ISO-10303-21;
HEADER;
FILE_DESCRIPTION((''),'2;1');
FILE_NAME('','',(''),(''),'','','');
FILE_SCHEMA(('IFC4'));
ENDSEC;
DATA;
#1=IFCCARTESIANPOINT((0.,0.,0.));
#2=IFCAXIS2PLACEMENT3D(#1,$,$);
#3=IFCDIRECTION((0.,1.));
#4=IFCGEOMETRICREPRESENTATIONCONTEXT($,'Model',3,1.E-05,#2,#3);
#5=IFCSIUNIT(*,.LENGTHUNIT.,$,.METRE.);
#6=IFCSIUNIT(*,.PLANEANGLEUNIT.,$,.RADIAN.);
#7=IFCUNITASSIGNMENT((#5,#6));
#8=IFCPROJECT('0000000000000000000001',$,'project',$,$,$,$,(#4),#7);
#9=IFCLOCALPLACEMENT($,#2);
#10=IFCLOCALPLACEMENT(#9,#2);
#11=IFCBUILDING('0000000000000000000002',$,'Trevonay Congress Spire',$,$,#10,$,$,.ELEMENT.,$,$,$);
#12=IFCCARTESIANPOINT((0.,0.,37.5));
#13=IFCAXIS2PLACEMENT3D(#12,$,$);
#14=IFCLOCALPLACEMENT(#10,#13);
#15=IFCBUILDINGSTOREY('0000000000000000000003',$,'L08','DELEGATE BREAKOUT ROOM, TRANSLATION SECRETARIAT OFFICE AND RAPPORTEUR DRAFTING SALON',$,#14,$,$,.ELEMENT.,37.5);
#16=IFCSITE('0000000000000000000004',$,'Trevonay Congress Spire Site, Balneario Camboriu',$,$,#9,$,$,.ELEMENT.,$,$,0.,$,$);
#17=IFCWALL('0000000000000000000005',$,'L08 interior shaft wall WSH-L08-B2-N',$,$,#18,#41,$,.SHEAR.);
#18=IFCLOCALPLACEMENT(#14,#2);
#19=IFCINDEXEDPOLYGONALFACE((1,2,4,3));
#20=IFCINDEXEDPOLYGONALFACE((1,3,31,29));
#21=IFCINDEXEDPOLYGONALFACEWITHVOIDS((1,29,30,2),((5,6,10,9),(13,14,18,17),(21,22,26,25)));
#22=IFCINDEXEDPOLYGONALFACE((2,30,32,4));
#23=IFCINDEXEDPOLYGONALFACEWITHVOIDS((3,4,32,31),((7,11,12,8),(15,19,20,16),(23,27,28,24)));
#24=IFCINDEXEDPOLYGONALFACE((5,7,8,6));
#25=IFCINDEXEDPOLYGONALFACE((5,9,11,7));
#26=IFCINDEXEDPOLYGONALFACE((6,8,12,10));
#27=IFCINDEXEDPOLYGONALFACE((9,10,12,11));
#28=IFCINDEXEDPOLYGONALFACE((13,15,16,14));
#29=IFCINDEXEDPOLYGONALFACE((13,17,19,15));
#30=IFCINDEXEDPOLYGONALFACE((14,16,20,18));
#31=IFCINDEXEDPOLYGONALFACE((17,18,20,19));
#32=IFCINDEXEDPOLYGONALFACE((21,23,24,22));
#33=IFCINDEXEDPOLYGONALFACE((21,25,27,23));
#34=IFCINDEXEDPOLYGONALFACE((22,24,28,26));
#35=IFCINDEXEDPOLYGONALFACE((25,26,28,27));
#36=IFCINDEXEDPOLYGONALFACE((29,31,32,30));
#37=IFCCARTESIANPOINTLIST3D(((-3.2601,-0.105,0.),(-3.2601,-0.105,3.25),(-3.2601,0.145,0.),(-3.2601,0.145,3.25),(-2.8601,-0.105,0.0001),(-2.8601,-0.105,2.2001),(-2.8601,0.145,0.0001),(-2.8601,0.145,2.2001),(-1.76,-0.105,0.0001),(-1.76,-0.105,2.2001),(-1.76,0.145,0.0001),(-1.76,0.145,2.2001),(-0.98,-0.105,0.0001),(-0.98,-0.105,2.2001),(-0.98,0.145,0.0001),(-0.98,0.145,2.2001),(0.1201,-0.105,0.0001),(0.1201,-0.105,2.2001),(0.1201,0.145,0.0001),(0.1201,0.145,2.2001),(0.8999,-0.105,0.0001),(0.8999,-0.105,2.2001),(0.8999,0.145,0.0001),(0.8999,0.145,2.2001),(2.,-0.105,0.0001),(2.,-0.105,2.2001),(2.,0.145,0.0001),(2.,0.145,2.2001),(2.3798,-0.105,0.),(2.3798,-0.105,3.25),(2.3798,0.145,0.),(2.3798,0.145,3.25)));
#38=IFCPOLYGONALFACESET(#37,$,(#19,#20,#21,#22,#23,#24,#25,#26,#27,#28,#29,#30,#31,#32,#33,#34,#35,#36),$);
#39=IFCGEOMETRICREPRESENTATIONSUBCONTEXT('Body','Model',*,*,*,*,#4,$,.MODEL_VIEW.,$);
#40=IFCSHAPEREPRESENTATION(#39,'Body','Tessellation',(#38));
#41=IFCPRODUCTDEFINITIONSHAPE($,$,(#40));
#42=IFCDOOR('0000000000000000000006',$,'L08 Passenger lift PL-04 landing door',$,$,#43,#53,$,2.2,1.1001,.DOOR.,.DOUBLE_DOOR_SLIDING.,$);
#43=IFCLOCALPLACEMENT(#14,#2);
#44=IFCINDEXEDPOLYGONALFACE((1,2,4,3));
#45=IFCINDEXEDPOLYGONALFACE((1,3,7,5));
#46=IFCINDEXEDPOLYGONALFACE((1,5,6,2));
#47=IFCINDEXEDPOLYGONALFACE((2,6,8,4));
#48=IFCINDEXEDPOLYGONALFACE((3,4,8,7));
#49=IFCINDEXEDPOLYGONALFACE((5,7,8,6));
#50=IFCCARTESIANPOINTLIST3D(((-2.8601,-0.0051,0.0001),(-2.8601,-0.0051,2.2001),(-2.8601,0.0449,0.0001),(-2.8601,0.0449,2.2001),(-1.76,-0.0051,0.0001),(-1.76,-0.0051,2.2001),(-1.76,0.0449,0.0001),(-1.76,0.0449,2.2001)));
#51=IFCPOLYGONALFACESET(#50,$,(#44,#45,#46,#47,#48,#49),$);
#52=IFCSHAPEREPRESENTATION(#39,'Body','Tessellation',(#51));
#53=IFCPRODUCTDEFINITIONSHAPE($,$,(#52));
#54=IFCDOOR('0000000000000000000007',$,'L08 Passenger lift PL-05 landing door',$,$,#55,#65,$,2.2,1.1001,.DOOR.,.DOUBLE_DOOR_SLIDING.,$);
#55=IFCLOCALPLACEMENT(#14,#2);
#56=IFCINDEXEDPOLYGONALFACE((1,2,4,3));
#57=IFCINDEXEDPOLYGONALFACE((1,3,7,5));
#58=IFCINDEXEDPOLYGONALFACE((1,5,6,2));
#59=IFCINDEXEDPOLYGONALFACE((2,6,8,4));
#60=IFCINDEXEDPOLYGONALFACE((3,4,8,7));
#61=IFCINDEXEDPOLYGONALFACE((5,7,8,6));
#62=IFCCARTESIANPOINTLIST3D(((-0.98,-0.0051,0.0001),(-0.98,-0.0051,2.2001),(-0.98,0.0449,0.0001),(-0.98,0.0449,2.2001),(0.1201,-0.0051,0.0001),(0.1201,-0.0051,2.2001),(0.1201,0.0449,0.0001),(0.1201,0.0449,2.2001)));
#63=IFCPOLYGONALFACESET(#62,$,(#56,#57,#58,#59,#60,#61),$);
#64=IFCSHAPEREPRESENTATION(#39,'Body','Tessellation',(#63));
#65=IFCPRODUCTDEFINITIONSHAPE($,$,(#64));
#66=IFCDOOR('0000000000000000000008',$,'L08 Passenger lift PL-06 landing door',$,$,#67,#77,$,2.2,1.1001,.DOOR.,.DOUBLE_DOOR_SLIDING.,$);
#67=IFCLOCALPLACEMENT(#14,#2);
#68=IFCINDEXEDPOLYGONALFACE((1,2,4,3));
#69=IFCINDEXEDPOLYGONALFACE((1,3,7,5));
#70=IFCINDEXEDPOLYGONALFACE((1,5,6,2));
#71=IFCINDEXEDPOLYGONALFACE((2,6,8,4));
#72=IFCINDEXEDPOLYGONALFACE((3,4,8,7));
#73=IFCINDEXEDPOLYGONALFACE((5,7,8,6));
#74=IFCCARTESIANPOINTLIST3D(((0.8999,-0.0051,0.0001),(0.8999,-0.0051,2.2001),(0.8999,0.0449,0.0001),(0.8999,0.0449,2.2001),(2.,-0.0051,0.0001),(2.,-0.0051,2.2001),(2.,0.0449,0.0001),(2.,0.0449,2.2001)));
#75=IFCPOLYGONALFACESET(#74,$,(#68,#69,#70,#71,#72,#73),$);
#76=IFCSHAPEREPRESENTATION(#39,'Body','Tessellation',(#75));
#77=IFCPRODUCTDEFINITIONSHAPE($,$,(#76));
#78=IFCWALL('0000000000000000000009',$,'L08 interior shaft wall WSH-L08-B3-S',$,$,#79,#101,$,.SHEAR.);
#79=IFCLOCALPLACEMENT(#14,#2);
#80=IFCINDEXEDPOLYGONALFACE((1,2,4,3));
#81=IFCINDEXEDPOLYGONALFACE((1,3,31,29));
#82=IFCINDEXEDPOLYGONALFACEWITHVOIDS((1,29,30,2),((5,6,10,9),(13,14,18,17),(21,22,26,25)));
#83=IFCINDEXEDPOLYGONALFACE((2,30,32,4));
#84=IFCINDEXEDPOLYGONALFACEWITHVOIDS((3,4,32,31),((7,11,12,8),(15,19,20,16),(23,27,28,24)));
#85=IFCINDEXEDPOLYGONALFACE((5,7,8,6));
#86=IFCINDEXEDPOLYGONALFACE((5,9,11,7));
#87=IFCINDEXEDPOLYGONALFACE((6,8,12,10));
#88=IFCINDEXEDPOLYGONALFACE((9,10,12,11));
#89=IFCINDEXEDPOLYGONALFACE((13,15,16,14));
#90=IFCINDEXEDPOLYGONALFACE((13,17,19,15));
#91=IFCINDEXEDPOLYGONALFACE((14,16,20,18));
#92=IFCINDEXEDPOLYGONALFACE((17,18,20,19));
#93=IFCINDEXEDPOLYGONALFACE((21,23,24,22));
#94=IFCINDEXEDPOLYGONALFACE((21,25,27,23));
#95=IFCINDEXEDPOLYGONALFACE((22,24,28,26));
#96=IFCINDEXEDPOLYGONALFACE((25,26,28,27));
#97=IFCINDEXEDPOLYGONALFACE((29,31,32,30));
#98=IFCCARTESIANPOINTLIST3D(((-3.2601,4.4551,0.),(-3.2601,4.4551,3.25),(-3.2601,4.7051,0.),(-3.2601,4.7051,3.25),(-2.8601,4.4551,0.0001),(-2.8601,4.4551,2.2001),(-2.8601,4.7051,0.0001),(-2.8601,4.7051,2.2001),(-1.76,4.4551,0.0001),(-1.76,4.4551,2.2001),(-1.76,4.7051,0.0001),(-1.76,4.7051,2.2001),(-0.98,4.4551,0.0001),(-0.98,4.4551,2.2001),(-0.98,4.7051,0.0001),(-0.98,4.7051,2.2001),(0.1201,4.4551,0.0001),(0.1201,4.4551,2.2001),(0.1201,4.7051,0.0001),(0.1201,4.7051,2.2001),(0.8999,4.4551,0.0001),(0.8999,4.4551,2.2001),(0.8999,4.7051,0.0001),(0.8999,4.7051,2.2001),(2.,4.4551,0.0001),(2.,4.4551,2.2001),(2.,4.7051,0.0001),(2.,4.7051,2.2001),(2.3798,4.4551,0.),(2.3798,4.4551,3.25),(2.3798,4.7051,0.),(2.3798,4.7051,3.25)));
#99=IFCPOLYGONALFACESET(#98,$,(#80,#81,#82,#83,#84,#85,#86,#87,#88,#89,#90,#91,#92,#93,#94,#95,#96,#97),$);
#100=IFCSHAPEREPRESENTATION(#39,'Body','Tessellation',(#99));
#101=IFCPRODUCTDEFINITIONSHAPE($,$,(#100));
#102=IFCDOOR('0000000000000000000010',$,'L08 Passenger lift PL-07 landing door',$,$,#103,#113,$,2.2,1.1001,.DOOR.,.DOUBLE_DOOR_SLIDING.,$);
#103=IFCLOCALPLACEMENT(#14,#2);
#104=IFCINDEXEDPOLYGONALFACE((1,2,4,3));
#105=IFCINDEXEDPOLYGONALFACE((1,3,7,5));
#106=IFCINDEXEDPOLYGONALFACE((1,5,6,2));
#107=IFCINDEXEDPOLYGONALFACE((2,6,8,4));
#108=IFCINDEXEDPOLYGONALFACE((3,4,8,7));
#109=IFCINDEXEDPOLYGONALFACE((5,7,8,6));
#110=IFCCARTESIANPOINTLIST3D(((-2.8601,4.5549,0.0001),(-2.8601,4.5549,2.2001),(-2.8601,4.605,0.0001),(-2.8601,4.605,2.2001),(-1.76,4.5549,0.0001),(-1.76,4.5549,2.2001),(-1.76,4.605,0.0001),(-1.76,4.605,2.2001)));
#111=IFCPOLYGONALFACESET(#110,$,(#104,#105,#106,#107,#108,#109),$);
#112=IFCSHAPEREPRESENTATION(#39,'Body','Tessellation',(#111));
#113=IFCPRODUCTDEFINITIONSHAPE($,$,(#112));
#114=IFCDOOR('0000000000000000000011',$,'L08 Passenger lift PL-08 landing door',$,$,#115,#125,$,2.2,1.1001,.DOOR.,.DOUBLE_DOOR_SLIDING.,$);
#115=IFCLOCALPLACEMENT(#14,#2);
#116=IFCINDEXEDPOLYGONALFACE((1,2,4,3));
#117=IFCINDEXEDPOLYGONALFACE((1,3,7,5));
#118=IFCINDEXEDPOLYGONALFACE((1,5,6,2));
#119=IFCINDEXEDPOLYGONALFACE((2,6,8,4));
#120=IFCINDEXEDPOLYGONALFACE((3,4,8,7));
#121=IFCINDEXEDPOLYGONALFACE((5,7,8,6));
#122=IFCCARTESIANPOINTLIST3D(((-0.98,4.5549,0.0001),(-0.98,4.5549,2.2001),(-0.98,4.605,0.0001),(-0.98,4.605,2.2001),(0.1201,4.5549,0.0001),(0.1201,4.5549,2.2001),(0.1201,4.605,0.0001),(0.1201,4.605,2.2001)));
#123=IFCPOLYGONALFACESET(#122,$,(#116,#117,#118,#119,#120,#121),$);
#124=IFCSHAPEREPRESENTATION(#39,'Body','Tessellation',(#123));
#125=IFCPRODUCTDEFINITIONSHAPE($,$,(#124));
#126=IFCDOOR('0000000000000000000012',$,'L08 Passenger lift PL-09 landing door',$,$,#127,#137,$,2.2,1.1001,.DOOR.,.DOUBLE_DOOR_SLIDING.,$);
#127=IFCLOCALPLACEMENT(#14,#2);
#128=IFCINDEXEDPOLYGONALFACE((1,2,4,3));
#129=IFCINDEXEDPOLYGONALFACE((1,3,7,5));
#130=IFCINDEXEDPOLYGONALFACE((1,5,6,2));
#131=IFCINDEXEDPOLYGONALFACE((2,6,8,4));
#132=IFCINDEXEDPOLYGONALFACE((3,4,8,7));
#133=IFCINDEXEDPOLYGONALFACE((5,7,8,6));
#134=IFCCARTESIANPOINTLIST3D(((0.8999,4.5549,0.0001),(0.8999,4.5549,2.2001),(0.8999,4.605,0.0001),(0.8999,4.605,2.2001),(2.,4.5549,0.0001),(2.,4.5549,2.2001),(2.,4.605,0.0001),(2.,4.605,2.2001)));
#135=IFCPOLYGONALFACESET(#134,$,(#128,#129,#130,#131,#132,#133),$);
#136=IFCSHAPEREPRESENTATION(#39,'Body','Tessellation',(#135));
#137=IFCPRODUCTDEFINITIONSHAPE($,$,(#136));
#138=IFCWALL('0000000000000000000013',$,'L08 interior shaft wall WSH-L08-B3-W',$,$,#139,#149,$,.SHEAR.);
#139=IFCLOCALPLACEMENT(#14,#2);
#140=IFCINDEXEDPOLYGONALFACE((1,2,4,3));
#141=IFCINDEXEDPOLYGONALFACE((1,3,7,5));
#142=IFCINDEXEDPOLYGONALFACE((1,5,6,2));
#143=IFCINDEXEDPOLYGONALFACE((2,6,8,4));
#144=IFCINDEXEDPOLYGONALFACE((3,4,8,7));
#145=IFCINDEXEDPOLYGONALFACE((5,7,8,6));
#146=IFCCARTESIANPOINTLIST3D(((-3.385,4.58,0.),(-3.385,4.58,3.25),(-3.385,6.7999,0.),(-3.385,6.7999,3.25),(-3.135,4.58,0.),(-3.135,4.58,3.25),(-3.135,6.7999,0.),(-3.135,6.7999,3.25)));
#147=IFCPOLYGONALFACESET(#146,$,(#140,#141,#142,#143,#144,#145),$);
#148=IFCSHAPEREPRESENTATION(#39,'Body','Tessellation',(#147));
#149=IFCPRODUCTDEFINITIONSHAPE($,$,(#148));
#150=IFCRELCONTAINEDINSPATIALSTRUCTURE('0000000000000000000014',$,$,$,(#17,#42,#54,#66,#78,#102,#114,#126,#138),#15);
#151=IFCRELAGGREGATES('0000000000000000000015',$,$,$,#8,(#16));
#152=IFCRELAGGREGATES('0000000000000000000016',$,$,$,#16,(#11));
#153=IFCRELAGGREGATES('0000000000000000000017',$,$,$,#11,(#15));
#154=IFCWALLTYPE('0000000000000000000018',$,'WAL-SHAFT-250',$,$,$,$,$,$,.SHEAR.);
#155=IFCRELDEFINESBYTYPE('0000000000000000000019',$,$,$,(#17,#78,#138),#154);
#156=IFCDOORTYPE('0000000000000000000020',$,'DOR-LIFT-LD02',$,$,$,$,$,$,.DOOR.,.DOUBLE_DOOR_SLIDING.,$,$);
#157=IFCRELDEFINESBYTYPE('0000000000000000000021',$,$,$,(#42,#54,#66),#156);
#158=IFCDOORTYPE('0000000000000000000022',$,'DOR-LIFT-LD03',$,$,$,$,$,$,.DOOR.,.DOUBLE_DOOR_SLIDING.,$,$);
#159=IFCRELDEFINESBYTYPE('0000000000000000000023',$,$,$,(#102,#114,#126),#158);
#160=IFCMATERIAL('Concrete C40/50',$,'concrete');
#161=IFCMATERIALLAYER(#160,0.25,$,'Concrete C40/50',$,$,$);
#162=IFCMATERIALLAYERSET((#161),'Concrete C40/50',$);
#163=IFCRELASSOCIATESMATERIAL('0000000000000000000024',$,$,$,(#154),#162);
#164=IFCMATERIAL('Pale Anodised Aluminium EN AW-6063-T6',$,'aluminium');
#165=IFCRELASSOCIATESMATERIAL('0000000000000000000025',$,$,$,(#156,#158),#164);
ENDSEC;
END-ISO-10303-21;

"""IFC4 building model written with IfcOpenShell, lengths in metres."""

from ifc_helpers import new_model, si_unit, direction, frame, frame_2d, origin, place, context, subcontext, project, spatial, rectangle, extrude, material, layer, layer_set, type_object, element, fill, save


model = new_model("IFC4")

# Units and contexts
model_context = context("Model", 3, precision=1e-05, world=origin(), true_north=direction((0.0, 1.0)))
body_context = subcontext(model_context, "Body", "Model", "MODEL_VIEW")
ifc_project = project(units=[si_unit("LENGTHUNIT", "METRE"), si_unit("PLANEANGLEUNIT", "RADIAN")], contexts=[model_context])

# Site, building, storey
site_placement = place(None, origin())
site = spatial("IfcSite", under=ifc_project, at=site_placement, Name="Trevonay Congress Spire Site, Balneario Camboriu", CompositionType="ELEMENT", RefElevation=0.0)
building_placement = place(site_placement, origin())
building = spatial("IfcBuilding", under=site, at=building_placement, Name="Trevonay Congress Spire", CompositionType="ELEMENT")
storey_placement = place(building_placement, frame((0.0, 0.0, 37.5)))
storey = spatial("IfcBuildingStorey", under=building, at=storey_placement, Name="L08", Description="DELEGATE BREAKOUT ROOM, TRANSLATION SECRETARIAT OFFICE AND RAPPORTEUR DRAFTING SALON", CompositionType="ELEMENT", Elevation=37.5)

# Shared definitions
ifc_material_1 = material(Name="Concrete C40/50", Category="concrete")

# Walls, openings, doors
ifc_layer_1 = layer(ifc_material_1, 0.25, Name="Concrete C40/50")
ifc_layer_set_1 = layer_set([ifc_layer_1], Name="Concrete C40/50")
wall_type_1 = type_object("IfcWallType", Name="WAL-SHAFT-250", PredefinedType="SHEAR", material=ifc_layer_set_1)
wall_1_placement = place(storey_placement, frame((-3.26, 0.02, 0.0), z_axis=(0.0, 0.0, 1.0), x_axis=(1.0, 0.0, 0.0)))
wall_1 = element("IfcWall", 1, at=wall_1_placement, inside=storey, type_object=wall_type_1, Name="L08 interior shaft wall WSH-L08-B2-N", PredefinedType="SHEAR", context=body_context, shape_type="SweptSolid", body=[
    extrude(rectangle(XDim=5.6399, YDim=0.25, at=frame_2d((2.8198, 0.0))), origin(), (0.0, 0.0, 1.0), 3.25),
])
opening_1_placement = place(wall_1_placement, frame((0.3999, 0.0, 0.0)))
opening_1 = element("IfcOpeningElement", 2, at=opening_1_placement, cuts=wall_1, PredefinedType="OPENING", context=body_context, shape_type="SweptSolid", body=[
    extrude(rectangle(XDim=1.1001, YDim=2.2, at=frame_2d((0.55, 1.1001))), frame((0.0, 0.135, 0.0), z_axis=(0.0, -1.0, 0.0), x_axis=(1.0, 0.0, 0.0)), (0.0, 0.0, 1.0), 0.27),
])
opening_2_placement = place(wall_1_placement, frame((2.28, 0.0, 0.0)))
opening_2 = element("IfcOpeningElement", 3, at=opening_2_placement, cuts=wall_1, PredefinedType="OPENING", context=body_context, shape_type="SweptSolid", body=[
    extrude(rectangle(XDim=1.1001, YDim=2.2, at=frame_2d((0.55, 1.1001))), frame((0.0, 0.135, 0.0), z_axis=(0.0, -1.0, 0.0), x_axis=(1.0, 0.0, 0.0)), (0.0, 0.0, 1.0), 0.27),
])
opening_3_placement = place(wall_1_placement, frame((4.1599, 0.0, 0.0)))
opening_3 = element("IfcOpeningElement", 4, at=opening_3_placement, cuts=wall_1, PredefinedType="OPENING", context=body_context, shape_type="SweptSolid", body=[
    extrude(rectangle(XDim=1.1001, YDim=2.2, at=frame_2d((0.55, 1.1001))), frame((0.0, 0.135, 0.0), z_axis=(0.0, -1.0, 0.0), x_axis=(1.0, 0.0, 0.0)), (0.0, 0.0, 1.0), 0.27),
])
ifc_material_2 = material(Name="Pale Anodised Aluminium EN AW-6063-T6", Category="aluminium")
door_type_1 = type_object("IfcDoorType", Name="DOR-LIFT-LD02", OperationType="DOUBLE_DOOR_SLIDING", PredefinedType="DOOR", material=ifc_material_2)
door_1_placement = place(opening_1_placement, origin())
door_1 = element("IfcDoor", 5, at=door_1_placement, inside=storey, type_object=door_type_1, Name="L08 Passenger lift PL-04 landing door", OperationType="DOUBLE_DOOR_SLIDING", OverallHeight=2.2, OverallWidth=1.1001, PredefinedType="DOOR", context=body_context, shape_type="SweptSolid", body=[
    extrude(rectangle(XDim=1.1001, YDim=2.2, at=frame_2d((0.55, 1.1001))), frame((0.0, 0.0249, 0.0), z_axis=(0.0, -1.0, 0.0), x_axis=(1.0, 0.0, 0.0)), (0.0, 0.0, 1.0), 0.05),
])
fill(opening_1, door_1)
door_2_placement = place(opening_2_placement, origin())
door_2 = element("IfcDoor", 6, at=door_2_placement, inside=storey, type_object=door_type_1, Name="L08 Passenger lift PL-05 landing door", OperationType="DOUBLE_DOOR_SLIDING", OverallHeight=2.2, OverallWidth=1.1001, PredefinedType="DOOR", context=body_context, shape_type="SweptSolid", body=[
    extrude(rectangle(XDim=1.1001, YDim=2.2, at=frame_2d((0.55, 1.1001))), frame((0.0, 0.0249, 0.0), z_axis=(0.0, -1.0, 0.0), x_axis=(1.0, 0.0, 0.0)), (0.0, 0.0, 1.0), 0.05),
])
fill(opening_2, door_2)
door_3_placement = place(opening_3_placement, origin())
door_3 = element("IfcDoor", 7, at=door_3_placement, inside=storey, type_object=door_type_1, Name="L08 Passenger lift PL-06 landing door", OperationType="DOUBLE_DOOR_SLIDING", OverallHeight=2.2, OverallWidth=1.1001, PredefinedType="DOOR", context=body_context, shape_type="SweptSolid", body=[
    extrude(rectangle(XDim=1.1001, YDim=2.2, at=frame_2d((0.55, 1.1001))), frame((0.0, 0.0249, 0.0), z_axis=(0.0, -1.0, 0.0), x_axis=(1.0, 0.0, 0.0)), (0.0, 0.0, 1.0), 0.05),
])
fill(opening_3, door_3)
wall_2_placement = place(storey_placement, frame((-3.26, 4.5801, 0.0), z_axis=(0.0, 0.0, 1.0), x_axis=(1.0, 0.0, 0.0)))
wall_2 = element("IfcWall", 8, at=wall_2_placement, inside=storey, type_object=wall_type_1, Name="L08 interior shaft wall WSH-L08-B3-S", PredefinedType="SHEAR", context=body_context, shape_type="SweptSolid", body=[
    extrude(rectangle(XDim=5.6399, YDim=0.25, at=frame_2d((2.8198, 0.0))), origin(), (0.0, 0.0, 1.0), 3.25),
])
opening_4_placement = place(wall_2_placement, frame((0.3999, 0.0, 0.0)))
opening_4 = element("IfcOpeningElement", 9, at=opening_4_placement, cuts=wall_2, PredefinedType="OPENING", context=body_context, shape_type="SweptSolid", body=[
    extrude(rectangle(XDim=1.1001, YDim=2.2, at=frame_2d((0.55, 1.1001))), frame((0.0, 0.135, 0.0), z_axis=(0.0, -1.0, 0.0), x_axis=(1.0, 0.0, 0.0)), (0.0, 0.0, 1.0), 0.27),
])
opening_5_placement = place(wall_2_placement, frame((2.28, 0.0, 0.0)))
opening_5 = element("IfcOpeningElement", 10, at=opening_5_placement, cuts=wall_2, PredefinedType="OPENING", context=body_context, shape_type="SweptSolid", body=[
    extrude(rectangle(XDim=1.1001, YDim=2.2, at=frame_2d((0.55, 1.1001))), frame((0.0, 0.135, 0.0), z_axis=(0.0, -1.0, 0.0), x_axis=(1.0, 0.0, 0.0)), (0.0, 0.0, 1.0), 0.27),
])
opening_6_placement = place(wall_2_placement, frame((4.1599, 0.0, 0.0)))
opening_6 = element("IfcOpeningElement", 11, at=opening_6_placement, cuts=wall_2, PredefinedType="OPENING", context=body_context, shape_type="SweptSolid", body=[
    extrude(rectangle(XDim=1.1001, YDim=2.2, at=frame_2d((0.55, 1.1001))), frame((0.0, 0.135, 0.0), z_axis=(0.0, -1.0, 0.0), x_axis=(1.0, 0.0, 0.0)), (0.0, 0.0, 1.0), 0.27),
])
door_type_2 = type_object("IfcDoorType", Name="DOR-LIFT-LD03", OperationType="DOUBLE_DOOR_SLIDING", PredefinedType="DOOR", material=ifc_material_2)
door_4_placement = place(opening_4_placement, origin())
door_4 = element("IfcDoor", 12, at=door_4_placement, inside=storey, type_object=door_type_2, Name="L08 Passenger lift PL-07 landing door", OperationType="DOUBLE_DOOR_SLIDING", OverallHeight=2.2, OverallWidth=1.1001, PredefinedType="DOOR", context=body_context, shape_type="SweptSolid", body=[
    extrude(rectangle(XDim=1.1001, YDim=2.2, at=frame_2d((0.55, 1.1001))), frame((0.0, 0.0249, 0.0), z_axis=(0.0, -1.0, 0.0), x_axis=(1.0, 0.0, 0.0)), (0.0, 0.0, 1.0), 0.05),
])
fill(opening_4, door_4)
door_5_placement = place(opening_5_placement, origin())
door_5 = element("IfcDoor", 13, at=door_5_placement, inside=storey, type_object=door_type_2, Name="L08 Passenger lift PL-08 landing door", OperationType="DOUBLE_DOOR_SLIDING", OverallHeight=2.2, OverallWidth=1.1001, PredefinedType="DOOR", context=body_context, shape_type="SweptSolid", body=[
    extrude(rectangle(XDim=1.1001, YDim=2.2, at=frame_2d((0.55, 1.1001))), frame((0.0, 0.0249, 0.0), z_axis=(0.0, -1.0, 0.0), x_axis=(1.0, 0.0, 0.0)), (0.0, 0.0, 1.0), 0.05),
])
fill(opening_5, door_5)
door_6_placement = place(opening_6_placement, origin())
door_6 = element("IfcDoor", 14, at=door_6_placement, inside=storey, type_object=door_type_2, Name="L08 Passenger lift PL-09 landing door", OperationType="DOUBLE_DOOR_SLIDING", OverallHeight=2.2, OverallWidth=1.1001, PredefinedType="DOOR", context=body_context, shape_type="SweptSolid", body=[
    extrude(rectangle(XDim=1.1001, YDim=2.2, at=frame_2d((0.55, 1.1001))), frame((0.0, 0.0249, 0.0), z_axis=(0.0, -1.0, 0.0), x_axis=(1.0, 0.0, 0.0)), (0.0, 0.0, 1.0), 0.05),
])
fill(opening_6, door_6)

# Wall
wall_3_placement = place(storey_placement, frame((-3.26, 4.5801, 0.0), z_axis=(0.0, 0.0, 1.0), x_axis=(0.0, 1.0, 0.0)))
element("IfcWall", 15, at=wall_3_placement, inside=storey, type_object=wall_type_1, Name="L08 interior shaft wall WSH-L08-B3-W", PredefinedType="SHEAR", context=body_context, shape_type="SweptSolid", body=[
    extrude(rectangle(XDim=2.22, YDim=0.25, at=frame_2d((1.1099, 0.0))), origin(), (0.0, 0.0, 1.0), 3.25),
])

save(model, "model.ifc")
